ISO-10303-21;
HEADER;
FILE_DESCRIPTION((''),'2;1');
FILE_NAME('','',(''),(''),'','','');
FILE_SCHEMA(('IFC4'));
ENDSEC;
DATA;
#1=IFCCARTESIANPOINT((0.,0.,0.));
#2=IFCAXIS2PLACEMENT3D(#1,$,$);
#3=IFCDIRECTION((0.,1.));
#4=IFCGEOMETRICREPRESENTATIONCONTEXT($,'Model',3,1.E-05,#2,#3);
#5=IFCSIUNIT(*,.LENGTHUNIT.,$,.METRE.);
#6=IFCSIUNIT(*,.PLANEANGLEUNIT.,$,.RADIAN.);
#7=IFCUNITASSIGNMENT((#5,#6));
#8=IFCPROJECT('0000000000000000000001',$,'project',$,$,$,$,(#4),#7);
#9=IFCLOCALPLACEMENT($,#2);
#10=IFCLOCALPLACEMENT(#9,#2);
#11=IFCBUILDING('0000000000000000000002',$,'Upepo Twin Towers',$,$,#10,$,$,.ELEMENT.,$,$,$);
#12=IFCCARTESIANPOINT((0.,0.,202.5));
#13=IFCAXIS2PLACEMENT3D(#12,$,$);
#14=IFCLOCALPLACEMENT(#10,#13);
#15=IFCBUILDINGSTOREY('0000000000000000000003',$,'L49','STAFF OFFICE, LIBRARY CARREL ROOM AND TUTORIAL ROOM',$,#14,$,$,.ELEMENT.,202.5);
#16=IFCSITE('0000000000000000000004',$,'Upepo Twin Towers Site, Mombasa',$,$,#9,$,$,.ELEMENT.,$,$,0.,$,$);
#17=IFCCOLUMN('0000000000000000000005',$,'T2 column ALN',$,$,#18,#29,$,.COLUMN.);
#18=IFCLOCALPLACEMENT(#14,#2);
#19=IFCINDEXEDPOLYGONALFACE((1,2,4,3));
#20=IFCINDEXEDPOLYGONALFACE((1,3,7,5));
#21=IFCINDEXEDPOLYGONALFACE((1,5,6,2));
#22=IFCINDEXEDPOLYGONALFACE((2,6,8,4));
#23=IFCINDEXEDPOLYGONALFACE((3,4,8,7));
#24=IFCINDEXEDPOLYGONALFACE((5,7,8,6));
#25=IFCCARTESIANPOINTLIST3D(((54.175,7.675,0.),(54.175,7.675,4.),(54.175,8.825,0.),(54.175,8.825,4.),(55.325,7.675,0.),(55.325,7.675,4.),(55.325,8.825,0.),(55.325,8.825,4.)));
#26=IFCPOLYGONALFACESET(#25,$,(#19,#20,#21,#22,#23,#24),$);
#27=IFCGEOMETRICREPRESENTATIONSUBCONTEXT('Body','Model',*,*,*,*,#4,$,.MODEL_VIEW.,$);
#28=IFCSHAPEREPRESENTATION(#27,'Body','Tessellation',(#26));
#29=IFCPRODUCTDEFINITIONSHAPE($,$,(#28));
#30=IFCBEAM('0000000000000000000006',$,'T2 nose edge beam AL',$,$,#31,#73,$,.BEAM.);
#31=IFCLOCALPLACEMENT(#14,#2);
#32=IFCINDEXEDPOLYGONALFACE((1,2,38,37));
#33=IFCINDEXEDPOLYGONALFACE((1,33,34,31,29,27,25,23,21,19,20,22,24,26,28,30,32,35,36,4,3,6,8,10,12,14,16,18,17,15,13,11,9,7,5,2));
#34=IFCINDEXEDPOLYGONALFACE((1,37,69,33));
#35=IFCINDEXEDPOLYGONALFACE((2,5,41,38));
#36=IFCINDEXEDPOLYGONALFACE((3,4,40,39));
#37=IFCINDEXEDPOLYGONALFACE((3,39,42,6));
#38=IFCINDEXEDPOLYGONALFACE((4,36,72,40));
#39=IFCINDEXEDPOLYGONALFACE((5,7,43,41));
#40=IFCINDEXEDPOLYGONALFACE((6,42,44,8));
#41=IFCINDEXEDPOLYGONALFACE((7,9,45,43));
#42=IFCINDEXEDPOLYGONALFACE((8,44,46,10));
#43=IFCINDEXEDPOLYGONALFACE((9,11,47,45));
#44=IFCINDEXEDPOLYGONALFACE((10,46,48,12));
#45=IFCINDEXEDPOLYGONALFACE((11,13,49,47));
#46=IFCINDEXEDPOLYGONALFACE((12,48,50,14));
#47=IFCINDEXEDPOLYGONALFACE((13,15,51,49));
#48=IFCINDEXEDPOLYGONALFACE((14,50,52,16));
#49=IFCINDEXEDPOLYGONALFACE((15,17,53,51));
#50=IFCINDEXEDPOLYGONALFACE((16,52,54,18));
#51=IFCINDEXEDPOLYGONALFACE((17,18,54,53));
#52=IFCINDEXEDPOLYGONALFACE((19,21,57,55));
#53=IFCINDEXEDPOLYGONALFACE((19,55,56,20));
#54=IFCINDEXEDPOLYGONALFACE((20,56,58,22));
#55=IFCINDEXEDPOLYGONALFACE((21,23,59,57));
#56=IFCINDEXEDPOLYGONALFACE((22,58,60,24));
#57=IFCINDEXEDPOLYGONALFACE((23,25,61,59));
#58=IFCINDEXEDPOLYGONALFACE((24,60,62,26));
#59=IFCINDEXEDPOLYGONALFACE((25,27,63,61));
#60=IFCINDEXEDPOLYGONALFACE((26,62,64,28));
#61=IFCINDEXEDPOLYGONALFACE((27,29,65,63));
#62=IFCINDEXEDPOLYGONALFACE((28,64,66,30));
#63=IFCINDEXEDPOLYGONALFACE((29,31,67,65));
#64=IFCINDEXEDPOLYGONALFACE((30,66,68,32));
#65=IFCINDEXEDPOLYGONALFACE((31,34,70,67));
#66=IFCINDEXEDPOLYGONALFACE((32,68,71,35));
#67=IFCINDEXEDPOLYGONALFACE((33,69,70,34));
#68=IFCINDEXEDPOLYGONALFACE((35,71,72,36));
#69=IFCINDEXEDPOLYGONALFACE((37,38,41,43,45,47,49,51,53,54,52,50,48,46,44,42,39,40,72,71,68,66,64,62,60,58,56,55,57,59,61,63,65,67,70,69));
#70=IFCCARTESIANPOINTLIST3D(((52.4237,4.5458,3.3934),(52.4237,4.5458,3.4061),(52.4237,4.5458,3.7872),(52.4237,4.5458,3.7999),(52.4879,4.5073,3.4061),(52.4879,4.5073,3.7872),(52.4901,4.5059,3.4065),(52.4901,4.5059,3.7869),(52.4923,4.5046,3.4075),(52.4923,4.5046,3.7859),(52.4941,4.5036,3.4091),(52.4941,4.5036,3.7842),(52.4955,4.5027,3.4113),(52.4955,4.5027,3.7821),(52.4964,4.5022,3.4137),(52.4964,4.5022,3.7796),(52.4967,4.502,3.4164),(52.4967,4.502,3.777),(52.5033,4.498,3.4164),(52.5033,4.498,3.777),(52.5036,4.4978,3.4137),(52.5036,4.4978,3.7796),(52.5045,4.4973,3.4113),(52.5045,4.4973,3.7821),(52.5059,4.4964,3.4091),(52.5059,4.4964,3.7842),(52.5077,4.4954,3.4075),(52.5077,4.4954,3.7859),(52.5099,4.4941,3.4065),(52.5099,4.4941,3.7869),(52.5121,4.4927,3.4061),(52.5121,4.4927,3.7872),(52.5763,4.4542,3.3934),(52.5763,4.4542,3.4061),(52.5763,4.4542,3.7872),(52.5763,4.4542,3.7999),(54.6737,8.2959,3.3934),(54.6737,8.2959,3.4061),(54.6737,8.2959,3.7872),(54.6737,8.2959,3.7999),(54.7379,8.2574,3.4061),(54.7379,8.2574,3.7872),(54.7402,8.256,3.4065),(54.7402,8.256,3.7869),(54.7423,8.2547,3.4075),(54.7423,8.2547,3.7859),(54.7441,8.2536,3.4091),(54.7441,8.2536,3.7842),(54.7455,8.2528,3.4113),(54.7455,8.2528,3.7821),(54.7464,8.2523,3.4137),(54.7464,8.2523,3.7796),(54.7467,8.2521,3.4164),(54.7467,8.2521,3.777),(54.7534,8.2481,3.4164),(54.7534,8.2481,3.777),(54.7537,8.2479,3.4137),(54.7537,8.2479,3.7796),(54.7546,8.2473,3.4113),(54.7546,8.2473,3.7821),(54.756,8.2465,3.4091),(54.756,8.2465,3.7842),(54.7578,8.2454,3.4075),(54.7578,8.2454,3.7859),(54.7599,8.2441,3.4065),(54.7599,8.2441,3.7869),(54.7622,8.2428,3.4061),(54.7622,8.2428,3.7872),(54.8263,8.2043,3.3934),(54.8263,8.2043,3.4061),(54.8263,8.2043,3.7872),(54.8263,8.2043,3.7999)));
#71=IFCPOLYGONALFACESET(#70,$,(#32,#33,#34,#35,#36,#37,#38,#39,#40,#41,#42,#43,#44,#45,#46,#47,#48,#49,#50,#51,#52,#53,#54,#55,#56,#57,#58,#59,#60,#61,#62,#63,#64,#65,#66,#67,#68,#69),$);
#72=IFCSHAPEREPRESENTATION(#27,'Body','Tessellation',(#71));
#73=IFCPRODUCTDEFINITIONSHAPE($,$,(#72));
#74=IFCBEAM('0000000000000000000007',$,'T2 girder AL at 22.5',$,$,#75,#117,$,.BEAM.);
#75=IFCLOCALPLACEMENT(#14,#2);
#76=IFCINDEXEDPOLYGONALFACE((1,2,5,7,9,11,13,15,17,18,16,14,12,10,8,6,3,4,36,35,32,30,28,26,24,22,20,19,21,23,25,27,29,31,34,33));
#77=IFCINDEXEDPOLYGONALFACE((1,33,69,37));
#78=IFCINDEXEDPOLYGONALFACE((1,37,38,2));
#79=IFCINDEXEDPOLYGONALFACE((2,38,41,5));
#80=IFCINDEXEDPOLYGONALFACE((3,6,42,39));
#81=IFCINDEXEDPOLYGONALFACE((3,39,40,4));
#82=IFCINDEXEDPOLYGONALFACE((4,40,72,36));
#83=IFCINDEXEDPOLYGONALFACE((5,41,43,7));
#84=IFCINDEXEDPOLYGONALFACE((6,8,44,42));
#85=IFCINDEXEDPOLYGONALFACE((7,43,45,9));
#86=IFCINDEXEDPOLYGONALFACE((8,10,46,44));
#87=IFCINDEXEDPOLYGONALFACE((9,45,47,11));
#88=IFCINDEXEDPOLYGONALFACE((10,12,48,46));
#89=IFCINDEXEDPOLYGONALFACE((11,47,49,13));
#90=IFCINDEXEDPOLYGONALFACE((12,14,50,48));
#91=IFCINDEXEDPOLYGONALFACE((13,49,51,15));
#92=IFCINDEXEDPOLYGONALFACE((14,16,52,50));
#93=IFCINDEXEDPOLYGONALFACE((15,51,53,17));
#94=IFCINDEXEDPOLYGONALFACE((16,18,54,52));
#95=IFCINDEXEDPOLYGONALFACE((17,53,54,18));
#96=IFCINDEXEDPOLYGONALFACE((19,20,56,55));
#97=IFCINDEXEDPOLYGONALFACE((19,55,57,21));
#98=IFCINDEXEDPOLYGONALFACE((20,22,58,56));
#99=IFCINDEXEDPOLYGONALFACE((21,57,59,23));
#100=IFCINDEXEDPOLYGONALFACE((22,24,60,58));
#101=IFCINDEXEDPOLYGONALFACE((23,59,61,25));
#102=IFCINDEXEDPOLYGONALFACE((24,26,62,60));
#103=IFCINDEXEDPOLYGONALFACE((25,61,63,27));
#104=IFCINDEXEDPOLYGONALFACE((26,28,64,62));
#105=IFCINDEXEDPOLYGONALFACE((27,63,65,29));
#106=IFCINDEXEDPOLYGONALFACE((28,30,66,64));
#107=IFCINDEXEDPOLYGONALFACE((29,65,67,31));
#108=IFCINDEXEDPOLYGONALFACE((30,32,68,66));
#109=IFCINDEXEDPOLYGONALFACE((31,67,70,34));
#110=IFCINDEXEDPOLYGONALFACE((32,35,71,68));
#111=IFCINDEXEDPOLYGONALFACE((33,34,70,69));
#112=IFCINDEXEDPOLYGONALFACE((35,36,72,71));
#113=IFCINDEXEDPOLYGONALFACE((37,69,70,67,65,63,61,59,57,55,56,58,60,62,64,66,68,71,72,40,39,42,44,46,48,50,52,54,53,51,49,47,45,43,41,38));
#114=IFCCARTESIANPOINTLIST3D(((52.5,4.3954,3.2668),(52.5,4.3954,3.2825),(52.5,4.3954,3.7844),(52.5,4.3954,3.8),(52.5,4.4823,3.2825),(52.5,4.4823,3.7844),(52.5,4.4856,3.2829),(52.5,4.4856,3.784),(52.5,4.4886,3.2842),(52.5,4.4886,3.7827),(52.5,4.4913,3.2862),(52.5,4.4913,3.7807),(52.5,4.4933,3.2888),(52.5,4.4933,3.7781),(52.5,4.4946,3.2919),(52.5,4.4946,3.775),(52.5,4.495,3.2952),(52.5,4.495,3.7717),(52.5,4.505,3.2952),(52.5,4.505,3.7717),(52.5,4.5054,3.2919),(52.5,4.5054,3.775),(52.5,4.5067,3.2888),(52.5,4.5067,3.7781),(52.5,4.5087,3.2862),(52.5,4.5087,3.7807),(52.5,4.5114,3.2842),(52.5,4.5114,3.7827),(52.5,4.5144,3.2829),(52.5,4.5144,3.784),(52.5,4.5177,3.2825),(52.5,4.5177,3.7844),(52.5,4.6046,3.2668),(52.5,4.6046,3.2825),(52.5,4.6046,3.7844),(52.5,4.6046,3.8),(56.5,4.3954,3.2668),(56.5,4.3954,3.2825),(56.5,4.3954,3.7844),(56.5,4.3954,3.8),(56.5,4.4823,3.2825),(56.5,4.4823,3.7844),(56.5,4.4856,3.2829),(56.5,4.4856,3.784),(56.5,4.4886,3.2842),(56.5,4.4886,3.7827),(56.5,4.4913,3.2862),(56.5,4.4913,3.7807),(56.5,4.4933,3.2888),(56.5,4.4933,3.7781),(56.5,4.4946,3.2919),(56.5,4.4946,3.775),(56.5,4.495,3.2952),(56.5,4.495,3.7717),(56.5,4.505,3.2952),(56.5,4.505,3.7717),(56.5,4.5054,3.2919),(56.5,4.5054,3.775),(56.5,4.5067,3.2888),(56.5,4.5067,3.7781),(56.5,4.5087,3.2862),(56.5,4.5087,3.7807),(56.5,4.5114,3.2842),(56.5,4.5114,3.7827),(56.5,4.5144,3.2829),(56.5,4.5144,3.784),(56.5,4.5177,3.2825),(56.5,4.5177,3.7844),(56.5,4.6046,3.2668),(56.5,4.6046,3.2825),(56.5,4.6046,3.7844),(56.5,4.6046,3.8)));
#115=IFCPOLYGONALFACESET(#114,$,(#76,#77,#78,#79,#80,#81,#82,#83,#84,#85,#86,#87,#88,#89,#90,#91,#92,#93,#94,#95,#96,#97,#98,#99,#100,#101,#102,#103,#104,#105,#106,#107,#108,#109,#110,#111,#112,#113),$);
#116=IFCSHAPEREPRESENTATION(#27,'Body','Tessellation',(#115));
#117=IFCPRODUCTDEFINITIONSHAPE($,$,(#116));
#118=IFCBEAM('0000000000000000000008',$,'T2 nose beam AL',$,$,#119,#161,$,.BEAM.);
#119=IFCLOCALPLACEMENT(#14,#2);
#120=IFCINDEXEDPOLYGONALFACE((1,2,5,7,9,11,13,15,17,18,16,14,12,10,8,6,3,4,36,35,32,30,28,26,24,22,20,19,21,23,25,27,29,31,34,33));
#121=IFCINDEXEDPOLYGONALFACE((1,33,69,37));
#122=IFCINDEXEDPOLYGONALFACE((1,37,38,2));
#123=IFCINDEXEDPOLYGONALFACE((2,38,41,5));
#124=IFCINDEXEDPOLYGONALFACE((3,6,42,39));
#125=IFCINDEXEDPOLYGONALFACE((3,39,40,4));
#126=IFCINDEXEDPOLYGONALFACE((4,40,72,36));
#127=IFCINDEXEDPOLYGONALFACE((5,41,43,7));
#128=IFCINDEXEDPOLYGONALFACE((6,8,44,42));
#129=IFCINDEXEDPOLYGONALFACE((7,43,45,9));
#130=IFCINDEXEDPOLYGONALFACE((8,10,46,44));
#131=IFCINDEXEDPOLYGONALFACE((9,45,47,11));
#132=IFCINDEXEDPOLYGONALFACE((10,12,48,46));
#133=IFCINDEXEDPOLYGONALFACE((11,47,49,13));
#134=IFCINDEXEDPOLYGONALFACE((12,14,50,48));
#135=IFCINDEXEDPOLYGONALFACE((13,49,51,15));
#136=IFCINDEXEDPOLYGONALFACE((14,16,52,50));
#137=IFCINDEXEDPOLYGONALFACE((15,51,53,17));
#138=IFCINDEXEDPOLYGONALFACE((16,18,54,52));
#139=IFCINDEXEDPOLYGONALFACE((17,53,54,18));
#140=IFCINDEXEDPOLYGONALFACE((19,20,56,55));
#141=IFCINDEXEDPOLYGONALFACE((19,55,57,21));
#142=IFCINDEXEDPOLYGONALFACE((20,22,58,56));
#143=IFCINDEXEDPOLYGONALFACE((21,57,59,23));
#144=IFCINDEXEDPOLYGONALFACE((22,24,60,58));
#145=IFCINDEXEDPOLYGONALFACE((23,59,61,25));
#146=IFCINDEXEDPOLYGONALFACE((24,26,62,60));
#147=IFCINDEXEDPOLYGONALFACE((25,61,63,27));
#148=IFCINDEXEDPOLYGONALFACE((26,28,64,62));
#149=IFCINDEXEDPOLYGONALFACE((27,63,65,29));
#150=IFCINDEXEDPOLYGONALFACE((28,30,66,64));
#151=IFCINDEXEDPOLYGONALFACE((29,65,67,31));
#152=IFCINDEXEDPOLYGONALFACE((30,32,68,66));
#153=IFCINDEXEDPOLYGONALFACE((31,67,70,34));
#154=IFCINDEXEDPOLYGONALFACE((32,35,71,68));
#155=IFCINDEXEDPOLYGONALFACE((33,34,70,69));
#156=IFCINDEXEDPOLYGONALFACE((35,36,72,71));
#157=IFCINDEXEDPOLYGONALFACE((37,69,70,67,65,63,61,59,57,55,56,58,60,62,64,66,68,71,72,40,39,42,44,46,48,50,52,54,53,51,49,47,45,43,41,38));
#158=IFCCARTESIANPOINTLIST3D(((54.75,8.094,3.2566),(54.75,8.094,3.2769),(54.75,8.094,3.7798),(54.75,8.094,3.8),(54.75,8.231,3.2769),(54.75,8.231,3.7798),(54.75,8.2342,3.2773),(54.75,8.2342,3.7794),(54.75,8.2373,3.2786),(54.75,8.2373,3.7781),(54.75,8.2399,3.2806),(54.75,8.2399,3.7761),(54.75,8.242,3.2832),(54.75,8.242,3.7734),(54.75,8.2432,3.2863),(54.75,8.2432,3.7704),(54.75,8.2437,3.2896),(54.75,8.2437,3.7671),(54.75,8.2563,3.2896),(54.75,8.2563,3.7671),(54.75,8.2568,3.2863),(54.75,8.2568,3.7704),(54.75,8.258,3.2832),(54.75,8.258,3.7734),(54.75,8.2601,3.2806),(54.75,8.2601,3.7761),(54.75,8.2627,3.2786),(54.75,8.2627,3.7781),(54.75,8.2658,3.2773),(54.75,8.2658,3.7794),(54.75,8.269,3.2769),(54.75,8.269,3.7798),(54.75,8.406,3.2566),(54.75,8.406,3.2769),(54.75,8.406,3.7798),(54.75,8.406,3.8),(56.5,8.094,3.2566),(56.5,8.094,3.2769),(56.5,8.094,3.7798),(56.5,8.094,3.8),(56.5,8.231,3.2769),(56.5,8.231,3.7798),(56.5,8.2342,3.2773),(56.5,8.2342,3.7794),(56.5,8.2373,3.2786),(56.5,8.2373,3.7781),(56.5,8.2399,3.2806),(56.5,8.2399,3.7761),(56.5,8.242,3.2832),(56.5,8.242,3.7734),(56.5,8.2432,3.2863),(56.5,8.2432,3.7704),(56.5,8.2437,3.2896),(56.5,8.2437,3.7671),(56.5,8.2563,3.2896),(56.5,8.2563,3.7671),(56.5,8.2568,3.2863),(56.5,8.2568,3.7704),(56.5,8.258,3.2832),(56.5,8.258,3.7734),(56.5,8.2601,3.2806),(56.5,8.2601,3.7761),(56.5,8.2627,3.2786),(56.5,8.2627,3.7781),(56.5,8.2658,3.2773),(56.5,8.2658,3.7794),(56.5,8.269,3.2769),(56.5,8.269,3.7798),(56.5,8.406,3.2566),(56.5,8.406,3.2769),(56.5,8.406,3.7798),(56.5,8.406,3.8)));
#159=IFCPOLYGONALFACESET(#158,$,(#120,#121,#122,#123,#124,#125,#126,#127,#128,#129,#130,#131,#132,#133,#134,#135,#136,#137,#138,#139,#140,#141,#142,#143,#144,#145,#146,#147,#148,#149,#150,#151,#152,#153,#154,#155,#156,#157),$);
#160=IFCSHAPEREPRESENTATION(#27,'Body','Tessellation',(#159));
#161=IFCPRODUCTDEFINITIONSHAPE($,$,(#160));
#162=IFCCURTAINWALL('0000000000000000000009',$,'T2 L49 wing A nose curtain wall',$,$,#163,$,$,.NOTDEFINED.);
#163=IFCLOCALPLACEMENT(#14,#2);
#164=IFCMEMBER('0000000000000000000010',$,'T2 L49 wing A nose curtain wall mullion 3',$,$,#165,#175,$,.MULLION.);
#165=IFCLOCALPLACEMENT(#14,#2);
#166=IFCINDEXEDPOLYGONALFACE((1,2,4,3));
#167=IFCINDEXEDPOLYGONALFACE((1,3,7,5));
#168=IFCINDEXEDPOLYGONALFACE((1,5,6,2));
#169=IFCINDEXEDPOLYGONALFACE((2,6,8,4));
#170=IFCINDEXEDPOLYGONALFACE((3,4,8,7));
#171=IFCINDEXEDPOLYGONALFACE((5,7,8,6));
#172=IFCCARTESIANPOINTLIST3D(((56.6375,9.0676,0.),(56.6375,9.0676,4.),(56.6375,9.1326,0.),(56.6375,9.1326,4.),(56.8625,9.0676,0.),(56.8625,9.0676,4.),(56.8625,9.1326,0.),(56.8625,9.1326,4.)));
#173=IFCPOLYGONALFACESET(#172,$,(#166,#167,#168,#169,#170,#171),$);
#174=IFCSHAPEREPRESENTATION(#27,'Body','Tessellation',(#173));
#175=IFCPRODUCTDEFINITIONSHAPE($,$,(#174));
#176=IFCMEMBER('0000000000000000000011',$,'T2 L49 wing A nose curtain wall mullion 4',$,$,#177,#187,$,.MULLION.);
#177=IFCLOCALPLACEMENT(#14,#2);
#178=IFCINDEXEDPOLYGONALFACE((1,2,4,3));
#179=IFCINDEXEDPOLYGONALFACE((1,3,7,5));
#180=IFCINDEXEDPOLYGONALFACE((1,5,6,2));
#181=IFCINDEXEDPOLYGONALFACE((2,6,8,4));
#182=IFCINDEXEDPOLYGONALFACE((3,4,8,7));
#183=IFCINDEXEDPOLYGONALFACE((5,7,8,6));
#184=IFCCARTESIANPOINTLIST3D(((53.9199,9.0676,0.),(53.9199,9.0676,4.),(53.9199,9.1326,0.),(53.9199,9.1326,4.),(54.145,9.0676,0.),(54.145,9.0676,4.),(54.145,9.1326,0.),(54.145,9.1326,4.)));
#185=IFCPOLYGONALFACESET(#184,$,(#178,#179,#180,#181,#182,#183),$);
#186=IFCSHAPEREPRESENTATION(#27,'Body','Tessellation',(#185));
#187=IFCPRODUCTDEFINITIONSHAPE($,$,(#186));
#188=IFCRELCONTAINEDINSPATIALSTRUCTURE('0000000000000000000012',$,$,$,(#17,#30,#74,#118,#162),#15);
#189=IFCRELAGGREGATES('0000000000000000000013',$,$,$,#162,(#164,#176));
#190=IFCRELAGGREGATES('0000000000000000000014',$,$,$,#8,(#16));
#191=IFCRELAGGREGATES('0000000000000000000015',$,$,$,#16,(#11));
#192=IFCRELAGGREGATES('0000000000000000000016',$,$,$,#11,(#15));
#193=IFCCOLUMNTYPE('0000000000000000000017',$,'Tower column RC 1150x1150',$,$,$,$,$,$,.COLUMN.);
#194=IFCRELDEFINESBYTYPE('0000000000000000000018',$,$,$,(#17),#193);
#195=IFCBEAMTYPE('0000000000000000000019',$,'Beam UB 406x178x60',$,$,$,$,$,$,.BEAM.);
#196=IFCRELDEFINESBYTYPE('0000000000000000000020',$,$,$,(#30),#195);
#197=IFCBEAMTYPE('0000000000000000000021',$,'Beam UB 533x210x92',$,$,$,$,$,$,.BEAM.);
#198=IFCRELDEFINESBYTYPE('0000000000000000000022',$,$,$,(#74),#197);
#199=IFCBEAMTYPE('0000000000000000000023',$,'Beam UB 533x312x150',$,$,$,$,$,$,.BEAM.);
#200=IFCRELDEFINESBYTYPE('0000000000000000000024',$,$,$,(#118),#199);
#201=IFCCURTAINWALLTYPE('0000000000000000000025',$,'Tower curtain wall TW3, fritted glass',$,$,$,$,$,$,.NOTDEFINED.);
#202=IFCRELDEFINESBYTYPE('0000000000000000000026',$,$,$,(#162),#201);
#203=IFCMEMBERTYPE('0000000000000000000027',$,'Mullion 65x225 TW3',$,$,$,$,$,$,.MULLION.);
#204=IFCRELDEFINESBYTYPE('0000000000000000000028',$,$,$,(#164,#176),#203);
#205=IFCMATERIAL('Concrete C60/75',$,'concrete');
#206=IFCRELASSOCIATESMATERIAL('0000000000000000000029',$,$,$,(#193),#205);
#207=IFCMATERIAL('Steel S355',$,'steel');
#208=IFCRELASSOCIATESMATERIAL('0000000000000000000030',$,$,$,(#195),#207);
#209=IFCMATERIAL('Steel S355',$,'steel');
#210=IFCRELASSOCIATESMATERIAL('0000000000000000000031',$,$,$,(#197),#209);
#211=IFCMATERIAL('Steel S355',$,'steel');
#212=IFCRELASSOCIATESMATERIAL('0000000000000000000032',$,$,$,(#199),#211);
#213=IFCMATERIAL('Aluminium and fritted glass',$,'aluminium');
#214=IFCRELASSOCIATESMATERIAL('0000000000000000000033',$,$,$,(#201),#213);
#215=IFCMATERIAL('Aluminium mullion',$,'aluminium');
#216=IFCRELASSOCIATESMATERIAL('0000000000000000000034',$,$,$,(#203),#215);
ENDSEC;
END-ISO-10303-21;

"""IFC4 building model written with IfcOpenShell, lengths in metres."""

from ifc_helpers import new_model, si_unit, direction, frame, origin, origin_2d, place, context, subcontext, project, spatial, rectangle, i_section, extrude, material, material_profile, profile_set, type_object, element, aggregate, save


model = new_model("IFC4")

# Units and contexts
model_context = context("Model", 3, precision=1e-05, world=origin(), true_north=direction((0.0, 1.0)))
body_context = subcontext(model_context, "Body", "Model", "MODEL_VIEW")
ifc_project = project(units=[si_unit("LENGTHUNIT", "METRE"), si_unit("PLANEANGLEUNIT", "RADIAN")], contexts=[model_context])

# Site, building, storey
site_placement = place(None, origin())
site = spatial("IfcSite", under=ifc_project, at=site_placement, Name="Upepo Twin Towers Site, Mombasa", CompositionType="ELEMENT", RefElevation=0.0)
building_placement = place(site_placement, origin())
building = spatial("IfcBuilding", under=site, at=building_placement, Name="Upepo Twin Towers", CompositionType="ELEMENT")
storey_placement = place(building_placement, frame((0.0, 0.0, 202.5)))
storey = spatial("IfcBuildingStorey", under=building, at=storey_placement, Name="L49", Description="STAFF OFFICE, LIBRARY CARREL ROOM AND TUTORIAL ROOM", CompositionType="ELEMENT", Elevation=202.5)

# Column
ifc_material_1 = material(Name="Concrete C60/75", Category="concrete")
ifc_material_profile_1 = material_profile(ifc_material_1, rectangle(XDim=1.1499, YDim=1.1499, at=origin_2d()), Name="RC 1150x1150")
ifc_profile_set_1 = profile_set([ifc_material_profile_1], Name="Concrete C60/75")
column_type = type_object("IfcColumnType", Name="Tower column RC 1150x1150", PredefinedType="COLUMN", material=ifc_profile_set_1)
column_placement = place(storey_placement, frame((54.75, 8.25, 0.0), z_axis=(0.0, 0.0, 1.0), x_axis=(1.0, 0.0, 0.0)))
element("IfcColumn", 1, at=column_placement, inside=storey, type_object=column_type, Name="T2 column ALN", PredefinedType="COLUMN", context=body_context, shape_type="SweptSolid", body=[
    extrude(rectangle(XDim=1.1499, YDim=1.1499, at=origin_2d()), origin(), (0.0, 0.0, 1.0), 4.0),
])

# Beams
ifc_material_2 = material(Name="Steel S355", Category="steel")
ifc_material_profile_2 = material_profile(ifc_material_2, i_section(OverallWidth=0.178, OverallDepth=0.4065, WebThickness=0.0078, FlangeThickness=0.0127, FilletRadius=0.0103, at=origin_2d()), Name="UB 406x178x60")
ifc_profile_set_2 = profile_set([ifc_material_profile_2], Name="Steel S355")
beam_type_1 = type_object("IfcBeamType", Name="Beam UB 406x178x60", PredefinedType="BEAM", material=ifc_profile_set_2)
beam_1_placement = place(storey_placement, frame((52.5, 4.5, 3.5967), z_axis=(0.514496, 0.857493, 0.0), x_axis=(-0.857493, 0.514496, 0.0)))
element("IfcBeam", 2, at=beam_1_placement, inside=storey, type_object=beam_type_1, Name="T2 nose edge beam AL", PredefinedType="BEAM", context=body_context, shape_type="SweptSolid", body=[
    extrude(i_section(OverallWidth=0.178, OverallDepth=0.4065, WebThickness=0.0078, FlangeThickness=0.0127, FilletRadius=0.0103, at=origin_2d()), origin(), (0.0, 0.0, 1.0), 4.3733),
])
ifc_material_3 = material(Name="Steel S355", Category="steel")
ifc_material_profile_3 = material_profile(ifc_material_3, i_section(OverallWidth=0.2092, OverallDepth=0.5332, WebThickness=0.01, FlangeThickness=0.0156, FilletRadius=0.0127, at=origin_2d()), Name="UB 533x210x92")
ifc_profile_set_3 = profile_set([ifc_material_profile_3], Name="Steel S355")
beam_type_2 = type_object("IfcBeamType", Name="Beam UB 533x210x92", PredefinedType="BEAM", material=ifc_profile_set_3)
beam_2_placement = place(storey_placement, frame((52.5, 4.5, 3.5334), z_axis=(1.0, 0.0, 0.0), x_axis=(0.0, 1.0, 0.0)))
element("IfcBeam", 3, at=beam_2_placement, inside=storey, type_object=beam_type_2, Name="T2 girder AL at 22.5", PredefinedType="BEAM", context=body_context, shape_type="SweptSolid", body=[
    extrude(i_section(OverallWidth=0.2092, OverallDepth=0.5332, WebThickness=0.01, FlangeThickness=0.0156, FilletRadius=0.0127, at=origin_2d()), origin(), (0.0, 0.0, 1.0), 4.0),
])
ifc_material_4 = material(Name="Steel S355", Category="steel")
ifc_material_profile_4 = material_profile(ifc_material_4, i_section(OverallWidth=0.312, OverallDepth=0.5435, WebThickness=0.0127, FlangeThickness=0.0203, FilletRadius=0.0127, at=origin_2d()), Name="UB 533x312x150")
ifc_profile_set_4 = profile_set([ifc_material_profile_4], Name="Steel S355")
beam_type_3 = type_object("IfcBeamType", Name="Beam UB 533x312x150", PredefinedType="BEAM", material=ifc_profile_set_4)
beam_3_placement = place(storey_placement, frame((54.75, 8.25, 3.5283), z_axis=(1.0, 0.0, 0.0), x_axis=(0.0, 1.0, 0.0)))
element("IfcBeam", 4, at=beam_3_placement, inside=storey, type_object=beam_type_3, Name="T2 nose beam AL", PredefinedType="BEAM", context=body_context, shape_type="SweptSolid", body=[
    extrude(i_section(OverallWidth=0.312, OverallDepth=0.5435, WebThickness=0.0127, FlangeThickness=0.0203, FilletRadius=0.0127, at=origin_2d()), origin(), (0.0, 0.0, 1.0), 1.75),
])

# Curtain wall, members
ifc_material_5 = material(Name="Aluminium and fritted glass", Category="aluminium")
curtain_wall_type = type_object("IfcCurtainWallType", Name="Tower curtain wall TW3, fritted glass", PredefinedType="NOTDEFINED", material=ifc_material_5)
curtain_wall_placement = place(storey_placement, origin())
curtain_wall = element("IfcCurtainWall", 5, at=curtain_wall_placement, inside=storey, type_object=curtain_wall_type, Name="T2 L49 wing A nose curtain wall", PredefinedType="NOTDEFINED")
ifc_material_6 = material(Name="Aluminium mullion", Category="aluminium")
ifc_material_profile_5 = material_profile(ifc_material_6, rectangle(XDim=0.0649, YDim=0.2251, at=origin_2d()), Name="MULLION 65x225")
ifc_profile_set_5 = profile_set([ifc_material_profile_5], Name="Aluminium mullion")
member_type_1 = type_object("IfcMemberType", Name="Mullion 65x225 TW3", PredefinedType="MULLION", material=ifc_profile_set_5)
member_1_placement = place(storey_placement, frame((56.75, 9.1001, 0.0), z_axis=(0.0, 0.0, 1.0), x_axis=(0.0, -1.0, 0.0)))
member_1 = element("IfcMember", 6, at=member_1_placement, type_object=member_type_1, Name="T2 L49 wing A nose curtain wall mullion 3", PredefinedType="MULLION", context=body_context, shape_type="SweptSolid", body=[
    extrude(rectangle(XDim=0.0649, YDim=0.2251, at=origin_2d()), origin(), (0.0, 0.0, 1.0), 4.0),
])
member_2_placement = place(storey_placement, frame((54.0325, 9.1001, 0.0), z_axis=(0.0, 0.0, 1.0), x_axis=(0.0, -1.0, 0.0)))
member_2 = element("IfcMember", 7, at=member_2_placement, type_object=member_type_1, Name="T2 L49 wing A nose curtain wall mullion 4", PredefinedType="MULLION", context=body_context, shape_type="SweptSolid", body=[
    extrude(rectangle(XDim=0.0649, YDim=0.2251, at=origin_2d()), origin(), (0.0, 0.0, 1.0), 4.0),
])
aggregate(curtain_wall, [member_1, member_2])

save(model, "model.ifc")
